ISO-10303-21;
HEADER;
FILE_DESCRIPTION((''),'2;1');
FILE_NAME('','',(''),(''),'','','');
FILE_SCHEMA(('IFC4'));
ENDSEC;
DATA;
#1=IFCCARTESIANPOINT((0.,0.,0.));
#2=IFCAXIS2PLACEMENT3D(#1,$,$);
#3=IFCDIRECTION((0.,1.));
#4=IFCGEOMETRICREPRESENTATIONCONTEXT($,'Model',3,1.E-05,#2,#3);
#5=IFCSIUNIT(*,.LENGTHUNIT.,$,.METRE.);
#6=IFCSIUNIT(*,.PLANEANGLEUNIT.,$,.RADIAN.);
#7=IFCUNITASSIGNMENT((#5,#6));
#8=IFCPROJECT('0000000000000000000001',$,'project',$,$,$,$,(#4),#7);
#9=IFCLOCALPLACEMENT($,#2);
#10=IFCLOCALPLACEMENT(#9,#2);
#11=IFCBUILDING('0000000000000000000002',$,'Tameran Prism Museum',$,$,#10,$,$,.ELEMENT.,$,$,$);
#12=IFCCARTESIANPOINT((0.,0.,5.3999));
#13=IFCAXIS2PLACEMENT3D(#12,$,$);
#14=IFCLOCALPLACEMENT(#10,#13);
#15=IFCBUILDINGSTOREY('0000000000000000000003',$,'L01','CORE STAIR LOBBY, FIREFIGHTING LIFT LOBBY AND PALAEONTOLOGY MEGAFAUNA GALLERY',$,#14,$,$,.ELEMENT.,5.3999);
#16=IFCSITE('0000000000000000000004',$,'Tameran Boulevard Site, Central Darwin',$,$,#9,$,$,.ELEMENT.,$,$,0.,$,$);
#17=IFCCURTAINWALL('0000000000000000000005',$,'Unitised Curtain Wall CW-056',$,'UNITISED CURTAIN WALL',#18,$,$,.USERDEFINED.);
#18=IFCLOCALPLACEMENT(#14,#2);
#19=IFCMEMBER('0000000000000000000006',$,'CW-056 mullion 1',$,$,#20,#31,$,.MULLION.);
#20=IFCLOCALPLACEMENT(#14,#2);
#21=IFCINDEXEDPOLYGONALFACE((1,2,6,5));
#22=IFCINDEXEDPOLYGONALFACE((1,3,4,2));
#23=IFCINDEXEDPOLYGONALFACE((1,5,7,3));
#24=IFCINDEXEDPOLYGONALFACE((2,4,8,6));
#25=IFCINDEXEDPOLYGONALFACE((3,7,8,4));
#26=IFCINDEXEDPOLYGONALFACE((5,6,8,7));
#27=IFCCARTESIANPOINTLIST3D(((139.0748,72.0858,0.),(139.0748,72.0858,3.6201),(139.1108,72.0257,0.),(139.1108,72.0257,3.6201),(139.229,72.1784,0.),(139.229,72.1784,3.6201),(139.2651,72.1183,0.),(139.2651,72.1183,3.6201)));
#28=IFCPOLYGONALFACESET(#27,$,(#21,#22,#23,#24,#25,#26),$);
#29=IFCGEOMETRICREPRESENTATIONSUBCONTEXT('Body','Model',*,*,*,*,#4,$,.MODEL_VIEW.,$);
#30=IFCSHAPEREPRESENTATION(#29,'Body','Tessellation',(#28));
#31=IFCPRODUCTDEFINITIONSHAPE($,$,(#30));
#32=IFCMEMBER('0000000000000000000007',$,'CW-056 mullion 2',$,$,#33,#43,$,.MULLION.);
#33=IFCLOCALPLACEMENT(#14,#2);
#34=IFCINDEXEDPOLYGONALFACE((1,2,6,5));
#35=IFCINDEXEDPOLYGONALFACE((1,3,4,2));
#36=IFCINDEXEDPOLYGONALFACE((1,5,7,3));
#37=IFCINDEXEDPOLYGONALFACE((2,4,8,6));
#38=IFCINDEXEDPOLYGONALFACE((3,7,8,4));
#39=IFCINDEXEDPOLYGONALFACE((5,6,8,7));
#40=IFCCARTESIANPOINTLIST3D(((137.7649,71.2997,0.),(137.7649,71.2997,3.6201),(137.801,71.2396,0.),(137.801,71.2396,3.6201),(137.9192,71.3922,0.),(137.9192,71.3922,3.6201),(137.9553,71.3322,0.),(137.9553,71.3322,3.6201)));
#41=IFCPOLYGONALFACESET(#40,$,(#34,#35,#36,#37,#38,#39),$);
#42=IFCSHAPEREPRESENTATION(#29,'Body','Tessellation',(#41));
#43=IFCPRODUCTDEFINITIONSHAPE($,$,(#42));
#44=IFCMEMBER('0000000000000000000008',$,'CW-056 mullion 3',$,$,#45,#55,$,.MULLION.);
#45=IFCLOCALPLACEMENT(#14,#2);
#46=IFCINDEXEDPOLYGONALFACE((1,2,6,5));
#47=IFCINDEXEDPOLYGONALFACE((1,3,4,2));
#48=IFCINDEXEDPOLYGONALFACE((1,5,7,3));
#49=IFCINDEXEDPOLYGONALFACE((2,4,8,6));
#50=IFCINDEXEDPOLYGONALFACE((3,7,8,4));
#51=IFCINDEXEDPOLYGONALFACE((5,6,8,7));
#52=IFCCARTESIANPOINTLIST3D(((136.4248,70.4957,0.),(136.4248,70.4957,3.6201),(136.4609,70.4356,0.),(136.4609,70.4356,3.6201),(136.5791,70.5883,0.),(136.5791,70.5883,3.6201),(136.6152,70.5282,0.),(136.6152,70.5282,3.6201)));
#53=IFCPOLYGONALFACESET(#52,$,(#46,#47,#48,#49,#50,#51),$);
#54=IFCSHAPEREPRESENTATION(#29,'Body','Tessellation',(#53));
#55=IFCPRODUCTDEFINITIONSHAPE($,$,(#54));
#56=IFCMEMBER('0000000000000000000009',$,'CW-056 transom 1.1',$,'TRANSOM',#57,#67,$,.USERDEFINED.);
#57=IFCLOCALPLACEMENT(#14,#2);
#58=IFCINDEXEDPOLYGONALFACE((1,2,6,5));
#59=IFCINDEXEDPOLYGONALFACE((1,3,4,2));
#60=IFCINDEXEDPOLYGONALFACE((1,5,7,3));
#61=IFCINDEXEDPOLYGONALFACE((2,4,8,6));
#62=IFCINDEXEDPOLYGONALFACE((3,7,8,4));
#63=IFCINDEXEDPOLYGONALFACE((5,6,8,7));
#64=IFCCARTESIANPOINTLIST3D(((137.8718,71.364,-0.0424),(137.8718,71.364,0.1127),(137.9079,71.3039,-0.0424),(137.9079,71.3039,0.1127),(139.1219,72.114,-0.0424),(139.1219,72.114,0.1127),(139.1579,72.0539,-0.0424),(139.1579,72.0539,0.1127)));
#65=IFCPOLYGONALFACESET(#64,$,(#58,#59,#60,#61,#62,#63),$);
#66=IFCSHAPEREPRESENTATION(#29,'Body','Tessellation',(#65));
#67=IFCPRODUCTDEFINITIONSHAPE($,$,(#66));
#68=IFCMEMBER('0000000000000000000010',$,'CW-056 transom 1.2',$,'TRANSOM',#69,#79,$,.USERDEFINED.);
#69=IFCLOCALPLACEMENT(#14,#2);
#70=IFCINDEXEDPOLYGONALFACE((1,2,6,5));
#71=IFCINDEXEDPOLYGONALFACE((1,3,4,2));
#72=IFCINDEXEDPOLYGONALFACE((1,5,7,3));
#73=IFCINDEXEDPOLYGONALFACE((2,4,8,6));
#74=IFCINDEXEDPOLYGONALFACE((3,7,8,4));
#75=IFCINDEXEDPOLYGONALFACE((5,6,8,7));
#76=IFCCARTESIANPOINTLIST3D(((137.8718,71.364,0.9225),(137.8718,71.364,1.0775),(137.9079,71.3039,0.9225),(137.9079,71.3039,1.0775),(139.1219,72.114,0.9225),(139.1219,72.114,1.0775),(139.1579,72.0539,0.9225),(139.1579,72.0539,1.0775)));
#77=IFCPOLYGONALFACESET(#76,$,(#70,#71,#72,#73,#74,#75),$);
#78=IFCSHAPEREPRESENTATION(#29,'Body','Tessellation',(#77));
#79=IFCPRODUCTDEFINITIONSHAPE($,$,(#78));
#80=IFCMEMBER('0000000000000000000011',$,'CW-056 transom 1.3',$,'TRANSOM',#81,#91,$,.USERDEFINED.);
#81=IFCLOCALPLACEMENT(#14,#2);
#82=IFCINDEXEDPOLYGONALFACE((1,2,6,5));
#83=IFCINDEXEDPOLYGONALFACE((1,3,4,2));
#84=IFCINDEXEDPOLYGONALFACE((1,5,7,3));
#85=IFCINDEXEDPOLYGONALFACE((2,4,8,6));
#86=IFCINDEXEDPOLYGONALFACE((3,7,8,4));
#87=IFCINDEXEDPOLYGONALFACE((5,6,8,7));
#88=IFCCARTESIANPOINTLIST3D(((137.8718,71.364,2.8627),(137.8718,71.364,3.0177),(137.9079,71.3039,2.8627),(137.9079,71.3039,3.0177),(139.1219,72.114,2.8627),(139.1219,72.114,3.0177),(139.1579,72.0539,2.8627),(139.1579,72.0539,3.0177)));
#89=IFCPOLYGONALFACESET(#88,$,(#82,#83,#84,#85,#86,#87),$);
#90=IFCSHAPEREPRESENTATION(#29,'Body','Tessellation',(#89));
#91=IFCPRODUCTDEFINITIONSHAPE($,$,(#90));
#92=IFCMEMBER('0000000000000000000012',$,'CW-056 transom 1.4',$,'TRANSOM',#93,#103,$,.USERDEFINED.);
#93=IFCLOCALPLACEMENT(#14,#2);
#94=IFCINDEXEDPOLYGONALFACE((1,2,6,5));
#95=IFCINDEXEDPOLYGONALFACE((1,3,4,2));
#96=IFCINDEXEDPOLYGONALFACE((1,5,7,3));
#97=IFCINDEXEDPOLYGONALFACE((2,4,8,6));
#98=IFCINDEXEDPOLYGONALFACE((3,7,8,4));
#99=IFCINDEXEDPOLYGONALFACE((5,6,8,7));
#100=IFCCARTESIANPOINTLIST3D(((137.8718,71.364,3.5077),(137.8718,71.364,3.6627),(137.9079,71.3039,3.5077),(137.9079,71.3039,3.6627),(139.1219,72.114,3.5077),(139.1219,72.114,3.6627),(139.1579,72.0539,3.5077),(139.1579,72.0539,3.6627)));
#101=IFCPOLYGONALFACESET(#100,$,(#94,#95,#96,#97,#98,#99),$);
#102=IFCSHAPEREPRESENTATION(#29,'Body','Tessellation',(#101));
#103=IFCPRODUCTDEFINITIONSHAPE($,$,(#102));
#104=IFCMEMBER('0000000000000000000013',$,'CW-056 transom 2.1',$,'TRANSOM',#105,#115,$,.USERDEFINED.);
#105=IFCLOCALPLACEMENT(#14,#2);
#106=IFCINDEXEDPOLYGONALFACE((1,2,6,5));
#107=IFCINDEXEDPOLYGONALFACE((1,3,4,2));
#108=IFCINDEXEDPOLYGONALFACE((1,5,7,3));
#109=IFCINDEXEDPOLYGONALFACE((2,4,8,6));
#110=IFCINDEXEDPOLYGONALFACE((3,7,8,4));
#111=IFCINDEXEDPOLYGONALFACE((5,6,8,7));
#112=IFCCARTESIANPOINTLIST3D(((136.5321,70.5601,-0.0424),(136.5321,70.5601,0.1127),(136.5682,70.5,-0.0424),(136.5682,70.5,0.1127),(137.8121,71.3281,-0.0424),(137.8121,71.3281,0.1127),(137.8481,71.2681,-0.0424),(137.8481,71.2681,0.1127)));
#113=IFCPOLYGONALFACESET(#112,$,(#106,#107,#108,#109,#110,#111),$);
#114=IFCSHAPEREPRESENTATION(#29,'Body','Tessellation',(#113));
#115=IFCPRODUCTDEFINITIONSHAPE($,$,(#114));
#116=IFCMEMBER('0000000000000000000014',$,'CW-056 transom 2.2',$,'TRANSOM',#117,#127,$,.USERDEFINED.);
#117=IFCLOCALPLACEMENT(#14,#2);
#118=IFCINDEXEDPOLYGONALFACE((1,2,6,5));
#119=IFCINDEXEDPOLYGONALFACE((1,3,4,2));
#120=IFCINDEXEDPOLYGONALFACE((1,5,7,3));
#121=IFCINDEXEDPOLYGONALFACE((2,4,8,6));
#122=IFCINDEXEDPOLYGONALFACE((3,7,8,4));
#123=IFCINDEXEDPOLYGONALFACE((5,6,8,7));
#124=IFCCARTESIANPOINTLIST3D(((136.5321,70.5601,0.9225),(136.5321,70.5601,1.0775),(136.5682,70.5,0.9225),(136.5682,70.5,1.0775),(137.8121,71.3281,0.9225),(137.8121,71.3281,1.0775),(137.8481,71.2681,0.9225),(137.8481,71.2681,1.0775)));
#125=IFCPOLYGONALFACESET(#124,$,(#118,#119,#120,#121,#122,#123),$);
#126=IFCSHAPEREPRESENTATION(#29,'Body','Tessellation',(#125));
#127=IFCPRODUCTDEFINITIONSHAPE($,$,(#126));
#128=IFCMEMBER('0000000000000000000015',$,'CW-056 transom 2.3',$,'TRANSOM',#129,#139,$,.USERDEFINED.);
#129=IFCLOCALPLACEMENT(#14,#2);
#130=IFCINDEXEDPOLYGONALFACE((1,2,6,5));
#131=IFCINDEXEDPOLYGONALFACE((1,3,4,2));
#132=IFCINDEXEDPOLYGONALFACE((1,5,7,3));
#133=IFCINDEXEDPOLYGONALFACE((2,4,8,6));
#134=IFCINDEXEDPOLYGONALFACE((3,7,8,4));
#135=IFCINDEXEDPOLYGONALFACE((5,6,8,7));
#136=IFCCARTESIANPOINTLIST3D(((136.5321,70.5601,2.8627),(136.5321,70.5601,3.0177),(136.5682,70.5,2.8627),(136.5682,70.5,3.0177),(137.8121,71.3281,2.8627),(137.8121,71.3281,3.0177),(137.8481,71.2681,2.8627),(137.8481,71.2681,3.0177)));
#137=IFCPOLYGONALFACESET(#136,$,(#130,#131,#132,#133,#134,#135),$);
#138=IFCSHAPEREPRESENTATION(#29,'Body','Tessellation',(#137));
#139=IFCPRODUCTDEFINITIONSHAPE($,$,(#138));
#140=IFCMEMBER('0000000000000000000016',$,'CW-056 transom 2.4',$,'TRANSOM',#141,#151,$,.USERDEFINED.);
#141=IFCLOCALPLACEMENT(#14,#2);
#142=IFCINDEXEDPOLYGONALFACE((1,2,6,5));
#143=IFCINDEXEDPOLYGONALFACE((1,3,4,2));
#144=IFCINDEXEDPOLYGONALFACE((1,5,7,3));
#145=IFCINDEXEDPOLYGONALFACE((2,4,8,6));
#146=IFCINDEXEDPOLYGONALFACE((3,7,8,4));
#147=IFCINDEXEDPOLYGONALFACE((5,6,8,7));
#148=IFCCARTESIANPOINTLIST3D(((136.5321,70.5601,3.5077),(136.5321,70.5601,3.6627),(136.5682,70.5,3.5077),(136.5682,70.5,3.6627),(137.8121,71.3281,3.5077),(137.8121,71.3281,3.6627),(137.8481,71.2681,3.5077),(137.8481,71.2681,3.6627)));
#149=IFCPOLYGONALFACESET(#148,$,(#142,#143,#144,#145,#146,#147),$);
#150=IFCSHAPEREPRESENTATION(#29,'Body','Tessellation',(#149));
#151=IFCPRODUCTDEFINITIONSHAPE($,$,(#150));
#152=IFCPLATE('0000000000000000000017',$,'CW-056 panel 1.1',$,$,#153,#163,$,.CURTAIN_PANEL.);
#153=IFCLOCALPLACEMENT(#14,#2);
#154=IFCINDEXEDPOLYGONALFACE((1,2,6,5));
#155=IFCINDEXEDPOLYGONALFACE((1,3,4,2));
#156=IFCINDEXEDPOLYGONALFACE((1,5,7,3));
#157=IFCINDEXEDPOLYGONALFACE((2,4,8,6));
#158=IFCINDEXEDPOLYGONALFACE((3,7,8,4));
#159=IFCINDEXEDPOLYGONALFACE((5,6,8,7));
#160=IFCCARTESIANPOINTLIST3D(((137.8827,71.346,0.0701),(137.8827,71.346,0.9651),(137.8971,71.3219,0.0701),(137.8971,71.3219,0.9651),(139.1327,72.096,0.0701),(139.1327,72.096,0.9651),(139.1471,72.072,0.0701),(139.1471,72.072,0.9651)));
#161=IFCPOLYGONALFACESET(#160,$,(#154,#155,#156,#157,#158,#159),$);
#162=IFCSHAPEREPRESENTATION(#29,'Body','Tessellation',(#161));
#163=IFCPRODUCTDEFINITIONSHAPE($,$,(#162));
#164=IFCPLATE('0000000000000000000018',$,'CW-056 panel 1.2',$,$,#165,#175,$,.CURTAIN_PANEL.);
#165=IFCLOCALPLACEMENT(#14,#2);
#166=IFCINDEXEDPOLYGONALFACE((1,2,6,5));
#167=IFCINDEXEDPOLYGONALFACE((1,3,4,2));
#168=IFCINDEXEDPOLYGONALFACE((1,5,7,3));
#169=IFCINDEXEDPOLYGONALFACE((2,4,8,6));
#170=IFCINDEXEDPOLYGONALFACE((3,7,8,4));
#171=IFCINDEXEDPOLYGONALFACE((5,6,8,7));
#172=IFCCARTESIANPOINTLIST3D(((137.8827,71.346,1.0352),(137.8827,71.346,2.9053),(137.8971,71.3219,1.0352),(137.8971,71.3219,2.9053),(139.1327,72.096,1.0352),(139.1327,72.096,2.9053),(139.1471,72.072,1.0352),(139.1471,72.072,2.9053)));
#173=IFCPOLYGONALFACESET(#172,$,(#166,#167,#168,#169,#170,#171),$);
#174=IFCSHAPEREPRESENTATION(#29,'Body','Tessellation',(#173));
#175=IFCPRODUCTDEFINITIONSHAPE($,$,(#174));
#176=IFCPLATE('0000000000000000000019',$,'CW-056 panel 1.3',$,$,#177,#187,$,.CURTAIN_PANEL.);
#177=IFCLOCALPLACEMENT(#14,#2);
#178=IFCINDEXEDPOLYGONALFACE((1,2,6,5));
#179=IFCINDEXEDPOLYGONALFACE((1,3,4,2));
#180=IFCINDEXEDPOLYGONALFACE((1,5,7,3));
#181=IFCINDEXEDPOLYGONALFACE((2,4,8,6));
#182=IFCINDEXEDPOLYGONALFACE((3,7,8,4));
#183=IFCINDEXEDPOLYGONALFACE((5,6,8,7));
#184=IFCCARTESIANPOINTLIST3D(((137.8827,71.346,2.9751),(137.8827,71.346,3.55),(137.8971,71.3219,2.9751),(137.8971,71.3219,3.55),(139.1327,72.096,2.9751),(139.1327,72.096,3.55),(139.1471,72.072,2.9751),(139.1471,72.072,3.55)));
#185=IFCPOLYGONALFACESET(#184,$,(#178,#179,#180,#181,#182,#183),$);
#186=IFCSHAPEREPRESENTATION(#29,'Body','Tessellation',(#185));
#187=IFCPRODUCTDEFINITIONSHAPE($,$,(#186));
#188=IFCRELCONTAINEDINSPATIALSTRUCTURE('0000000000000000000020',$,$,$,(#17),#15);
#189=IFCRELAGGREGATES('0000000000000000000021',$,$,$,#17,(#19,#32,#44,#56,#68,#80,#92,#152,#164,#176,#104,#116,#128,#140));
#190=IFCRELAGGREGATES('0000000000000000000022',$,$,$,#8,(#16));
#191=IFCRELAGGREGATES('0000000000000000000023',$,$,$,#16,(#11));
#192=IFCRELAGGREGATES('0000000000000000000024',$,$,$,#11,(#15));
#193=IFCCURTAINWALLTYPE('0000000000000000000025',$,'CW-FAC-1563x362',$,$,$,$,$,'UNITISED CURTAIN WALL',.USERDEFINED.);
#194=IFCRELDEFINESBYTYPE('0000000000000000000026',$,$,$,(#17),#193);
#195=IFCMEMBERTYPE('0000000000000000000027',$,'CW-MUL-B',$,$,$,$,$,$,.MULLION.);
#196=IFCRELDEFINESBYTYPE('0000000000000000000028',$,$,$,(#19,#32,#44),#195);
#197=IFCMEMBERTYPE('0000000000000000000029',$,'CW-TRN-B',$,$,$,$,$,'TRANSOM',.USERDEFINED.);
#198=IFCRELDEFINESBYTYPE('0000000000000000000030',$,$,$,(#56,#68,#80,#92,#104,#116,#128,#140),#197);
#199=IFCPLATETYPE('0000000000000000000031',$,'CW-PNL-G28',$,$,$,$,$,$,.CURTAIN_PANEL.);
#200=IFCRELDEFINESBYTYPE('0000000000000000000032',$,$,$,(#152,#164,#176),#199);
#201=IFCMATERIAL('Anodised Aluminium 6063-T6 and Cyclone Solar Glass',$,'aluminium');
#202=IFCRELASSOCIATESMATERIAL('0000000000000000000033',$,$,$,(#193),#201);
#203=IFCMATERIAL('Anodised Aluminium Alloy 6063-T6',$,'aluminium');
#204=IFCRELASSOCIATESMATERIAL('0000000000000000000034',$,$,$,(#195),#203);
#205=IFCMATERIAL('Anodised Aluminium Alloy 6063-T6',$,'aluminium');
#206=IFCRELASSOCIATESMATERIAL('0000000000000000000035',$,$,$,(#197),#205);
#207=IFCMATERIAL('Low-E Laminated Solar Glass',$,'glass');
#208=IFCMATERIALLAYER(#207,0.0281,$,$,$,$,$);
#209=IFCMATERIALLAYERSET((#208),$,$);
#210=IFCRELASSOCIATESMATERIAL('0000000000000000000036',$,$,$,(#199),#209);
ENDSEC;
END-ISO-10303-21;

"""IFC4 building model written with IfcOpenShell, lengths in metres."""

from ifc_helpers import new_model, si_unit, direction, frame, origin, origin_2d, place, context, subcontext, project, spatial, rectangle, extrude, material, layer, layer_set, material_profile, profile_set, type_object, element, aggregate, save


model = new_model("IFC4")

# Units and contexts
model_context = context("Model", 3, precision=1e-05, world=origin(), true_north=direction((0.0, 1.0)))
body_context = subcontext(model_context, "Body", "Model", "MODEL_VIEW")
ifc_project = project(units=[si_unit("LENGTHUNIT", "METRE"), si_unit("PLANEANGLEUNIT", "RADIAN")], contexts=[model_context])

# Site, building, storey
site_placement = place(None, origin())
site = spatial("IfcSite", under=ifc_project, at=site_placement, Name="Tameran Boulevard Site, Central Darwin", CompositionType="ELEMENT", RefElevation=0.0)
building_placement = place(site_placement, origin())
building = spatial("IfcBuilding", under=site, at=building_placement, Name="Tameran Prism Museum", CompositionType="ELEMENT")
storey_placement = place(building_placement, frame((0.0, 0.0, 5.3999)))
storey = spatial("IfcBuildingStorey", under=building, at=storey_placement, Name="L01", Description="CORE STAIR LOBBY, FIREFIGHTING LIFT LOBBY AND PALAEONTOLOGY MEGAFAUNA GALLERY", CompositionType="ELEMENT", Elevation=5.3999)

# Curtain wall, members, plates
ifc_material_1 = material(Name="Anodised Aluminium 6063-T6 and Cyclone Solar Glass", Category="aluminium")
curtain_wall_type = type_object("IfcCurtainWallType", Name="CW-FAC-1563x362", ElementType="UNITISED CURTAIN WALL", PredefinedType="USERDEFINED", material=ifc_material_1)
curtain_wall_placement = place(storey_placement, origin())
curtain_wall = element("IfcCurtainWall", 1, at=curtain_wall_placement, inside=storey, type_object=curtain_wall_type, Name="Unitised Curtain Wall CW-056", ObjectType="UNITISED CURTAIN WALL", PredefinedType="USERDEFINED")
ifc_material_2 = material(Name="Anodised Aluminium Alloy 6063-T6", Category="aluminium")
ifc_material_profile_1 = material_profile(ifc_material_2, rectangle(XDim=0.0701, YDim=0.1799, at=origin_2d()))
ifc_profile_set_1 = profile_set([ifc_material_profile_1])
member_type_1 = type_object("IfcMemberType", Name="CW-MUL-B", PredefinedType="MULLION", material=ifc_profile_set_1)
member_1_placement = place(storey_placement, frame((139.1699, 72.1021, 0.0), z_axis=(0.0, 0.0, 1.0), x_axis=(0.514496, -0.857493, 0.0)))
member_1 = element("IfcMember", 2, at=member_1_placement, type_object=member_type_1, Name="CW-056 mullion 1", PredefinedType="MULLION", context=body_context, shape_type="SweptSolid", body=[
    extrude(rectangle(XDim=0.0701, YDim=0.1799, at=origin_2d()), origin(), (0.0, 0.0, 1.0), 3.6201),
])
member_2_placement = place(storey_placement, frame((137.8601, 71.3159, 0.0), z_axis=(0.0, 0.0, 1.0), x_axis=(0.514496, -0.857493, 0.0)))
member_2 = element("IfcMember", 3, at=member_2_placement, type_object=member_type_1, Name="CW-056 mullion 2", PredefinedType="MULLION", context=body_context, shape_type="SweptSolid", body=[
    extrude(rectangle(XDim=0.0701, YDim=0.1799, at=origin_2d()), origin(), (0.0, 0.0, 1.0), 3.6201),
])
member_3_placement = place(storey_placement, frame((136.52, 70.512, 0.0), z_axis=(0.0, 0.0, 1.0), x_axis=(0.514496, -0.857493, 0.0)))
member_3 = element("IfcMember", 4, at=member_3_placement, type_object=member_type_1, Name="CW-056 mullion 3", PredefinedType="MULLION", context=body_context, shape_type="SweptSolid", body=[
    extrude(rectangle(XDim=0.0701, YDim=0.1799, at=origin_2d()), origin(), (0.0, 0.0, 1.0), 3.6201),
])
ifc_material_3 = material(Name="Anodised Aluminium Alloy 6063-T6", Category="aluminium")
ifc_material_profile_2 = material_profile(ifc_material_3, rectangle(XDim=0.0701, YDim=0.155, at=origin_2d()))
ifc_profile_set_2 = profile_set([ifc_material_profile_2])
member_type_2 = type_object("IfcMemberType", Name="CW-TRN-B", ElementType="TRANSOM", PredefinedType="USERDEFINED", material=ifc_profile_set_2)
member_4_placement = place(storey_placement, frame((139.1399, 72.084, 0.0352), z_axis=(-0.857493, -0.514496, 0.0), x_axis=(0.514496, -0.857493, 0.0)))
member_4 = element("IfcMember", 5, at=member_4_placement, type_object=member_type_2, Name="CW-056 transom 1.1", ObjectType="TRANSOM", PredefinedType="USERDEFINED", context=body_context, shape_type="SweptSolid", body=[
    extrude(rectangle(XDim=0.0701, YDim=0.155, at=origin_2d()), origin(), (0.0, 0.0, 1.0), 1.4578),
])
member_5_placement = place(storey_placement, frame((139.1399, 72.084, 1.0), z_axis=(-0.857493, -0.514496, 0.0), x_axis=(0.514496, -0.857493, 0.0)))
member_5 = element("IfcMember", 6, at=member_5_placement, type_object=member_type_2, Name="CW-056 transom 1.2", ObjectType="TRANSOM", PredefinedType="USERDEFINED", context=body_context, shape_type="SweptSolid", body=[
    extrude(rectangle(XDim=0.0701, YDim=0.155, at=origin_2d()), origin(), (0.0, 0.0, 1.0), 1.4578),
])
member_6_placement = place(storey_placement, frame((139.1399, 72.084, 2.9402), z_axis=(-0.857493, -0.514496, 0.0), x_axis=(0.514496, -0.857493, 0.0)))
member_6 = element("IfcMember", 7, at=member_6_placement, type_object=member_type_2, Name="CW-056 transom 1.3", ObjectType="TRANSOM", PredefinedType="USERDEFINED", context=body_context, shape_type="SweptSolid", body=[
    extrude(rectangle(XDim=0.0701, YDim=0.155, at=origin_2d()), origin(), (0.0, 0.0, 1.0), 1.4578),
])
member_7_placement = place(storey_placement, frame((139.1399, 72.084, 3.5852), z_axis=(-0.857493, -0.514496, 0.0), x_axis=(0.514496, -0.857493, 0.0)))
member_7 = element("IfcMember", 8, at=member_7_placement, type_object=member_type_2, Name="CW-056 transom 1.4", ObjectType="TRANSOM", PredefinedType="USERDEFINED", context=body_context, shape_type="SweptSolid", body=[
    extrude(rectangle(XDim=0.0701, YDim=0.155, at=origin_2d()), origin(), (0.0, 0.0, 1.0), 1.4578),
])
member_8_placement = place(storey_placement, frame((137.8301, 71.2981, 0.0352), z_axis=(-0.857478, -0.51452, 0.0), x_axis=(0.51452, -0.857478, 0.0)))
member_8 = element("IfcMember", 9, at=member_8_placement, type_object=member_type_2, Name="CW-056 transom 2.1", ObjectType="TRANSOM", PredefinedType="USERDEFINED", context=body_context, shape_type="SweptSolid", body=[
    extrude(rectangle(XDim=0.0701, YDim=0.155, at=origin_2d()), origin(), (0.0, 0.0, 1.0), 1.4927),
])
member_9_placement = place(storey_placement, frame((137.8301, 71.2981, 1.0), z_axis=(-0.857478, -0.51452, 0.0), x_axis=(0.51452, -0.857478, 0.0)))
member_9 = element("IfcMember", 10, at=member_9_placement, type_object=member_type_2, Name="CW-056 transom 2.2", ObjectType="TRANSOM", PredefinedType="USERDEFINED", context=body_context, shape_type="SweptSolid", body=[
    extrude(rectangle(XDim=0.0701, YDim=0.155, at=origin_2d()), origin(), (0.0, 0.0, 1.0), 1.4927),
])
member_10_placement = place(storey_placement, frame((137.8301, 71.2981, 2.9402), z_axis=(-0.857478, -0.51452, 0.0), x_axis=(0.51452, -0.857478, 0.0)))
member_10 = element("IfcMember", 11, at=member_10_placement, type_object=member_type_2, Name="CW-056 transom 2.3", ObjectType="TRANSOM", PredefinedType="USERDEFINED", context=body_context, shape_type="SweptSolid", body=[
    extrude(rectangle(XDim=0.0701, YDim=0.155, at=origin_2d()), origin(), (0.0, 0.0, 1.0), 1.4927),
])
member_11_placement = place(storey_placement, frame((137.8301, 71.2981, 3.5852), z_axis=(-0.857478, -0.51452, 0.0), x_axis=(0.51452, -0.857478, 0.0)))
member_11 = element("IfcMember", 12, at=member_11_placement, type_object=member_type_2, Name="CW-056 transom 2.4", ObjectType="TRANSOM", PredefinedType="USERDEFINED", context=body_context, shape_type="SweptSolid", body=[
    extrude(rectangle(XDim=0.0701, YDim=0.155, at=origin_2d()), origin(), (0.0, 0.0, 1.0), 1.4927),
])
ifc_material_4 = material(Name="Low-E Laminated Solar Glass", Category="glass")
ifc_layer_1 = layer(ifc_material_4, 0.0281)
ifc_layer_set_1 = layer_set([ifc_layer_1])
plate_type = type_object("IfcPlateType", Name="CW-PNL-G28", PredefinedType="CURTAIN_PANEL", material=ifc_layer_set_1)
plate_1_placement = place(storey_placement, frame((138.5149, 71.709, 0.0701), z_axis=(0.0, 0.0, 1.0), x_axis=(-0.857493, -0.514496, 0.0)))
plate_1 = element("IfcPlate", 13, at=plate_1_placement, type_object=plate_type, Name="CW-056 panel 1.1", PredefinedType="CURTAIN_PANEL", context=body_context, shape_type="SweptSolid", body=[
    extrude(rectangle(XDim=1.4578, YDim=0.0281, at=origin_2d()), origin(), (0.0, 0.0, 1.0), 0.895),
])
plate_2_placement = place(storey_placement, frame((138.5149, 71.709, 1.0352), z_axis=(0.0, 0.0, 1.0), x_axis=(-0.857493, -0.514496, 0.0)))
plate_2 = element("IfcPlate", 14, at=plate_2_placement, type_object=plate_type, Name="CW-056 panel 1.2", PredefinedType="CURTAIN_PANEL", context=body_context, shape_type="SweptSolid", body=[
    extrude(rectangle(XDim=1.4578, YDim=0.0281, at=origin_2d()), origin(), (0.0, 0.0, 1.0), 1.8701),
])
plate_3_placement = place(storey_placement, frame((138.5149, 71.709, 2.9751), z_axis=(0.0, 0.0, 1.0), x_axis=(-0.857493, -0.514496, 0.0)))
plate_3 = element("IfcPlate", 15, at=plate_3_placement, type_object=plate_type, Name="CW-056 panel 1.3", PredefinedType="CURTAIN_PANEL", context=body_context, shape_type="SweptSolid", body=[
    extrude(rectangle(XDim=1.4578, YDim=0.0281, at=origin_2d()), origin(), (0.0, 0.0, 1.0), 0.575),
])
aggregate(curtain_wall, [member_1, member_2, member_3, member_4, member_5, member_6, member_7, plate_1, plate_2, plate_3, member_8, member_9, member_10, member_11])

save(model, "model.ifc")
